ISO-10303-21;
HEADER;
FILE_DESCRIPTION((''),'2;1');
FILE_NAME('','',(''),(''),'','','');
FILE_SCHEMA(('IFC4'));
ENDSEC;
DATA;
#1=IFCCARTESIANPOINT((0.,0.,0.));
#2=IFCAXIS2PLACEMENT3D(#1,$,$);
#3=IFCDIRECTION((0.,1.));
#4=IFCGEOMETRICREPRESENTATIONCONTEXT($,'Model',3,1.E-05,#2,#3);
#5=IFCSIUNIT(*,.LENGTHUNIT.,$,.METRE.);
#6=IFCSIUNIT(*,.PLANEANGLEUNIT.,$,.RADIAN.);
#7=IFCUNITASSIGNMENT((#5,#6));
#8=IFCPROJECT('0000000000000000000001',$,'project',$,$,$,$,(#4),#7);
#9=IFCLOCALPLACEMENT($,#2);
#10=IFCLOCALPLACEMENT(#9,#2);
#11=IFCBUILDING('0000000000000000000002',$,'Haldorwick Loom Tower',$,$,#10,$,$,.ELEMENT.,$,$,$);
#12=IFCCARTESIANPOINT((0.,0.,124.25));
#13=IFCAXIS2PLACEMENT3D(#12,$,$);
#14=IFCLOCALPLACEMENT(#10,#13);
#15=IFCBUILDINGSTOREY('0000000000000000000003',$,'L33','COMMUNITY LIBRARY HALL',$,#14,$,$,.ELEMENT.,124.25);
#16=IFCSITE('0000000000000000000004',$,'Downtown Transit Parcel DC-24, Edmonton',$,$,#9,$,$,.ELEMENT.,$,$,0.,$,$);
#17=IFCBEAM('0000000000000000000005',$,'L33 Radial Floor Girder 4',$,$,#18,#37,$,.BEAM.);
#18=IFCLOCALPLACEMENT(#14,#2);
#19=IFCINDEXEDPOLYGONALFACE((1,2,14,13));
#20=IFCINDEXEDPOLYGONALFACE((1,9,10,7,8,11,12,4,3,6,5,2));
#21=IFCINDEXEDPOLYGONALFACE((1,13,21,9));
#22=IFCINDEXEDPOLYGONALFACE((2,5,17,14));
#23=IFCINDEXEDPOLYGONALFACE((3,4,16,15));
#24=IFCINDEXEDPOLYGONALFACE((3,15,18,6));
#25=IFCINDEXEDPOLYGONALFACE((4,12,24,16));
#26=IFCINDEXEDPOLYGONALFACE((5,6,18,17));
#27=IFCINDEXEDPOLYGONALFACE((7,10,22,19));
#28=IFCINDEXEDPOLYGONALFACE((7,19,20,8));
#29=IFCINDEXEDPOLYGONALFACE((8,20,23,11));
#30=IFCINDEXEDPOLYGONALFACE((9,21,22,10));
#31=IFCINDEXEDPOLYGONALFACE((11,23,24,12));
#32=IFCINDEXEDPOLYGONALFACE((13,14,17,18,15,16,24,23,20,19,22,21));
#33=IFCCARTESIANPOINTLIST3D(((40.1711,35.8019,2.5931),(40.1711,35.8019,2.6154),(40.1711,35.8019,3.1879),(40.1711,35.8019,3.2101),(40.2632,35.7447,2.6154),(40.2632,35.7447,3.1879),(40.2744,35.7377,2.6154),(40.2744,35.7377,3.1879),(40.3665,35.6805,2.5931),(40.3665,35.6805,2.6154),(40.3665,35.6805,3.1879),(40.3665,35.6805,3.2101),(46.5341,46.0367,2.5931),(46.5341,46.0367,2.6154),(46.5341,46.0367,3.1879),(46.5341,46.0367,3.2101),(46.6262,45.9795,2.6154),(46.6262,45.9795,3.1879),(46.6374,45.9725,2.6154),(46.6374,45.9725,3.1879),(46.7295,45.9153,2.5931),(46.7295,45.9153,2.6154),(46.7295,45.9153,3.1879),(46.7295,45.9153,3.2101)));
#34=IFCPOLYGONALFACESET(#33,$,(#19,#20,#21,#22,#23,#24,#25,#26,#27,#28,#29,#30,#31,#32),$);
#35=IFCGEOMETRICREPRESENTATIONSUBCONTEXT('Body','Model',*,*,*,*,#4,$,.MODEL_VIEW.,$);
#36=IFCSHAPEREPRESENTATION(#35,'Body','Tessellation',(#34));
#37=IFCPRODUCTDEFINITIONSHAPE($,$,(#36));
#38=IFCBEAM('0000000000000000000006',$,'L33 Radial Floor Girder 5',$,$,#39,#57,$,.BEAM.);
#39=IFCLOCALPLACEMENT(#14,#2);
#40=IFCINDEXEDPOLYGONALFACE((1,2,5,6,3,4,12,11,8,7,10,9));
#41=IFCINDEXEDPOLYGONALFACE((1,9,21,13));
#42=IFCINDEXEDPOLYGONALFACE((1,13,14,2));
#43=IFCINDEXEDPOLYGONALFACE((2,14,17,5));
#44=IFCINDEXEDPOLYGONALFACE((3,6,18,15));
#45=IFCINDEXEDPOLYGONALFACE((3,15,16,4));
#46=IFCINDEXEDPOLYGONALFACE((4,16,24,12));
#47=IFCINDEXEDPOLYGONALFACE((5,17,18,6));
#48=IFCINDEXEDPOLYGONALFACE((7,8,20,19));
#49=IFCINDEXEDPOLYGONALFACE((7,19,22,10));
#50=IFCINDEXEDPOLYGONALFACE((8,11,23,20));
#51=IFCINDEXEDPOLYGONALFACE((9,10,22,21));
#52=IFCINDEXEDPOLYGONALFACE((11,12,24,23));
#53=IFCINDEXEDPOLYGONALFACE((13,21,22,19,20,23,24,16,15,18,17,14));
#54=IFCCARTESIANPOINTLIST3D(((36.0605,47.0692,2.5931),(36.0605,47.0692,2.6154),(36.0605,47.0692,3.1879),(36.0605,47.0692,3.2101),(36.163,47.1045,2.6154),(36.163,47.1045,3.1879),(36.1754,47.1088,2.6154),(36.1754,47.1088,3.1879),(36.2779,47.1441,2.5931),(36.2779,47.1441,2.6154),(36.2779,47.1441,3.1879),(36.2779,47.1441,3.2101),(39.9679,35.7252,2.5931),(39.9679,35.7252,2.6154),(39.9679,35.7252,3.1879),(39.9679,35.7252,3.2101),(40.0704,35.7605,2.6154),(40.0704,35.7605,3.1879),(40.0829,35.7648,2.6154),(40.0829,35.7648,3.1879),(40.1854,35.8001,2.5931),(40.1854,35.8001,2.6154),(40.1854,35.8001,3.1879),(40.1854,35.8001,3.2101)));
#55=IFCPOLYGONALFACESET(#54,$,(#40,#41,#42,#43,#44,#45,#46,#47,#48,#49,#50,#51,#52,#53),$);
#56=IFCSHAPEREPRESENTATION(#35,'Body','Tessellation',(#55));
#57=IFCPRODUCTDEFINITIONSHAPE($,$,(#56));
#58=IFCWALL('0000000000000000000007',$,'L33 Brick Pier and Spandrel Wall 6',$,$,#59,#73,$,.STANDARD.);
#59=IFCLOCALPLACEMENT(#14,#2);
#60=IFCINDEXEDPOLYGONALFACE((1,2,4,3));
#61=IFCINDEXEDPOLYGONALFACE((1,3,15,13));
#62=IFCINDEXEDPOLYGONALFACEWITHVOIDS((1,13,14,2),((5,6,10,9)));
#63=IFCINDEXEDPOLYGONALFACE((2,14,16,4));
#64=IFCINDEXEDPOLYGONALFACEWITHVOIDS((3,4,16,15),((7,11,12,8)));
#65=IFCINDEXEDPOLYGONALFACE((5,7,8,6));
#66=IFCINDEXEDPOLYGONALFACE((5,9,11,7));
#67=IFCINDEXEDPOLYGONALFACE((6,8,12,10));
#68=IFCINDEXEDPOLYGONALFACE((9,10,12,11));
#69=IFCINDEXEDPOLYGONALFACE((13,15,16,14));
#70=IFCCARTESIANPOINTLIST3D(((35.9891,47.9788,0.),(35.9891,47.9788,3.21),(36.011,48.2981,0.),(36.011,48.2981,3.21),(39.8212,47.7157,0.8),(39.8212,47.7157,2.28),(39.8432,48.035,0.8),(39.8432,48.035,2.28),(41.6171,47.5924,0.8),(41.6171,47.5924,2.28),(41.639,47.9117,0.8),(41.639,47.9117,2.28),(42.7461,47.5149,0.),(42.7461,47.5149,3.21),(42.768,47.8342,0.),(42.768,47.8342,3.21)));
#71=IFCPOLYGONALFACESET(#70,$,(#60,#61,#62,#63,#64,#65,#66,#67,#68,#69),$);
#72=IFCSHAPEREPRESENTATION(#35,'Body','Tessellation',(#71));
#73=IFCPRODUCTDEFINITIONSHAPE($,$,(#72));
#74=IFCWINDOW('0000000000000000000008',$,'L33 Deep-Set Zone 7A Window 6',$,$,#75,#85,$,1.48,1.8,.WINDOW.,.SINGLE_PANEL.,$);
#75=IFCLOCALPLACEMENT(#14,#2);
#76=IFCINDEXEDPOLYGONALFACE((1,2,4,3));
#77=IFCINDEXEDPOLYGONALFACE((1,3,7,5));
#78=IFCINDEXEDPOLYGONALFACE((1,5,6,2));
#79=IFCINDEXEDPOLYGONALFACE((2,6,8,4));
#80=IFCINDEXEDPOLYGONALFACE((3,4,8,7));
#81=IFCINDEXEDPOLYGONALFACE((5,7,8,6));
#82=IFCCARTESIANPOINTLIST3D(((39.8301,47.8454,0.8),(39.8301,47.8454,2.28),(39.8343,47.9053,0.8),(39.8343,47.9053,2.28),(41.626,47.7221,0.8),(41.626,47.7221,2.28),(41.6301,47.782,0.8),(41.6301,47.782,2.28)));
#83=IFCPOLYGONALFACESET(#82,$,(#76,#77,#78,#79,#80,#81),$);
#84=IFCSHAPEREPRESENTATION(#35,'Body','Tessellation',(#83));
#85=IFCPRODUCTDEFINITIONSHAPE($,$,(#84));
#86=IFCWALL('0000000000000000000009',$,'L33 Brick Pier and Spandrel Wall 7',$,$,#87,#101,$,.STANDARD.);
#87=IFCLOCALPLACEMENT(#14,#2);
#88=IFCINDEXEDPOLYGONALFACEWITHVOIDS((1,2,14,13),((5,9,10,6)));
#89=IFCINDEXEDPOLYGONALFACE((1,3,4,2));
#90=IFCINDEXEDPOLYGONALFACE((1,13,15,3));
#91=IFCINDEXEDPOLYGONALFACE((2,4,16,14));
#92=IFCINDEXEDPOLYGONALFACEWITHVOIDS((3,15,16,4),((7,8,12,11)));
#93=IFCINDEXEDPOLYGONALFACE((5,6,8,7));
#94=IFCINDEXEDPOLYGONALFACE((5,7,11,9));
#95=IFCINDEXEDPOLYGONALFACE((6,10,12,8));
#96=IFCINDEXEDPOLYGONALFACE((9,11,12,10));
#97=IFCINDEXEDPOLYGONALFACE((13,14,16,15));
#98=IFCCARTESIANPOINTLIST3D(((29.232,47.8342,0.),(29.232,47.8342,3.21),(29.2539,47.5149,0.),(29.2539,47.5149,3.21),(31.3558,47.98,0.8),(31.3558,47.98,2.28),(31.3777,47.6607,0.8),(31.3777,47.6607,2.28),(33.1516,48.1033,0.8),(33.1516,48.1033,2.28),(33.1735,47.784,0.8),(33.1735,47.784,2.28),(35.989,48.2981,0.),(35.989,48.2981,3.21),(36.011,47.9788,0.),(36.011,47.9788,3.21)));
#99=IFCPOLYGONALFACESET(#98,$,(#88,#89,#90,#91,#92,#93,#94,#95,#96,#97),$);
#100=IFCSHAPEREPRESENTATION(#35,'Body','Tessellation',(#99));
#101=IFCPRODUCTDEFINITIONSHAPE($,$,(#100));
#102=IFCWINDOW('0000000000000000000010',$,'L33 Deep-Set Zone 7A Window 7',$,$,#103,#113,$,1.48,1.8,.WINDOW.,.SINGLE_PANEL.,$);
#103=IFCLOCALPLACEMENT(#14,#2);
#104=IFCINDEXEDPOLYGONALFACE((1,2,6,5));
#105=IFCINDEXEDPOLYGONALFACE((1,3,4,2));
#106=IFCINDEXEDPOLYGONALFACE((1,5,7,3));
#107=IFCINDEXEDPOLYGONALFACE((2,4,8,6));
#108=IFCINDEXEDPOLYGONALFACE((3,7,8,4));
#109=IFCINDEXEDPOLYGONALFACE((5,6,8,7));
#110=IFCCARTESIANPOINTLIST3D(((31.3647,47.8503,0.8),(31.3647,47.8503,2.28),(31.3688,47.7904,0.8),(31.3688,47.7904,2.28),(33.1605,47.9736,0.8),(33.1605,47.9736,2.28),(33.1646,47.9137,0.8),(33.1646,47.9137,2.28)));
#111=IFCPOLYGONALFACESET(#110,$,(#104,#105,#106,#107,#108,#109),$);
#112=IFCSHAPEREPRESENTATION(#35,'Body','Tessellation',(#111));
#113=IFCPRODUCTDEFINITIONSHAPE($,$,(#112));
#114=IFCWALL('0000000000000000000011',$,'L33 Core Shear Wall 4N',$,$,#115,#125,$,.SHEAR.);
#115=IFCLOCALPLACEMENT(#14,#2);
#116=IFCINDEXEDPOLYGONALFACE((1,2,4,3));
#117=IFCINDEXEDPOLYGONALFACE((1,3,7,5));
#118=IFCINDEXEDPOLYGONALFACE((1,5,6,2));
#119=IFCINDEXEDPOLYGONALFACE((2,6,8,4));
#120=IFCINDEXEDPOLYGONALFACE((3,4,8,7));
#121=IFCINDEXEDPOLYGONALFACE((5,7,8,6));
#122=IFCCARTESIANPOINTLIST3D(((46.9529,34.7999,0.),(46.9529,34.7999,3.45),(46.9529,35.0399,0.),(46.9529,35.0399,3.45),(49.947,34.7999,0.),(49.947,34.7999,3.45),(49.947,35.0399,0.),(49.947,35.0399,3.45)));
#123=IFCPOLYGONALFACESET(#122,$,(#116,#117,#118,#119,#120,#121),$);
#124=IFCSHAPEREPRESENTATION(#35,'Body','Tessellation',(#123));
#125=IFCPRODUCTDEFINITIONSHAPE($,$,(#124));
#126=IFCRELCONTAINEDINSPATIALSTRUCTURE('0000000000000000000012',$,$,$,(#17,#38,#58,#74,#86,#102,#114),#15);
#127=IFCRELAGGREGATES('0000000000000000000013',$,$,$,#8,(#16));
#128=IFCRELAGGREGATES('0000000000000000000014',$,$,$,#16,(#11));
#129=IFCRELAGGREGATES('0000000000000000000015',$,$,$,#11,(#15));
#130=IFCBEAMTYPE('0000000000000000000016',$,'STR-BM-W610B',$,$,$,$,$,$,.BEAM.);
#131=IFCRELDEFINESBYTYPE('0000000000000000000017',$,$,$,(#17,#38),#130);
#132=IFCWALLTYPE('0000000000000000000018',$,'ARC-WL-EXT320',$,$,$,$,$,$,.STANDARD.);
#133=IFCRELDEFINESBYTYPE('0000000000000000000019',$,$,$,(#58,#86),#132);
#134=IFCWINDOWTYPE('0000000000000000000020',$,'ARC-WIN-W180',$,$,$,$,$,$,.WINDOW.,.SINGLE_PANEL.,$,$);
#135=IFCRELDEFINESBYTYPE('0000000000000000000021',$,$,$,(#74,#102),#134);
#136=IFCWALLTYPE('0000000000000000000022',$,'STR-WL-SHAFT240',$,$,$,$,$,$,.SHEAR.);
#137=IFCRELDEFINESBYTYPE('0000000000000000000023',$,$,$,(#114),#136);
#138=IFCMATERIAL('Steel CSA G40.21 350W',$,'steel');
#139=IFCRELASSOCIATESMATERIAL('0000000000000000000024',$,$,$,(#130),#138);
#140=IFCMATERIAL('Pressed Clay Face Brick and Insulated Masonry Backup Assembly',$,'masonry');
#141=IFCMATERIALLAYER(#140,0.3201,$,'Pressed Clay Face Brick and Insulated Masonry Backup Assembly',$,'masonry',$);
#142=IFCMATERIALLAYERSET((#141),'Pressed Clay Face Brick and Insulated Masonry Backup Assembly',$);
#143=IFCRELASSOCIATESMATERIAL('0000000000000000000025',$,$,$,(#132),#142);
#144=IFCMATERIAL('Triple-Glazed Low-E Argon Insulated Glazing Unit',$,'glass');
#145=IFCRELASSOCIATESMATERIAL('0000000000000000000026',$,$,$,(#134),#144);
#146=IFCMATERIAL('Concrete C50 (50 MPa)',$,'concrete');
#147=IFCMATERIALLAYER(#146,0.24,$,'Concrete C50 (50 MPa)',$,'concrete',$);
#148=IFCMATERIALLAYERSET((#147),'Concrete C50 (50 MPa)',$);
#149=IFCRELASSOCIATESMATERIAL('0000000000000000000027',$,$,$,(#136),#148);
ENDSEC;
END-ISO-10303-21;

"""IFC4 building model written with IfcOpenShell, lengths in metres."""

from ifc_helpers import new_model, si_unit, direction, frame, frame_2d, origin, origin_2d, place, context, subcontext, project, spatial, rectangle, i_section, extrude, material, layer, layer_set, material_profile, profile_set, type_object, element, fill, save


model = new_model("IFC4")

# Units and contexts
model_context = context("Model", 3, precision=1e-05, world=origin(), true_north=direction((0.0, 1.0)))
body_context = subcontext(model_context, "Body", "Model", "MODEL_VIEW")
ifc_project = project(units=[si_unit("LENGTHUNIT", "METRE"), si_unit("PLANEANGLEUNIT", "RADIAN")], contexts=[model_context])

# Site, building, storey
site_placement = place(None, origin())
site = spatial("IfcSite", under=ifc_project, at=site_placement, Name="Downtown Transit Parcel DC-24, Edmonton", CompositionType="ELEMENT", RefElevation=0.0)
building_placement = place(site_placement, origin())
building = spatial("IfcBuilding", under=site, at=building_placement, Name="Haldorwick Loom Tower", CompositionType="ELEMENT")
storey_placement = place(building_placement, frame((0.0, 0.0, 124.25)))
storey = spatial("IfcBuildingStorey", under=building, at=storey_placement, Name="L33", Description="COMMUNITY LIBRARY HALL", CompositionType="ELEMENT", Elevation=124.25)

# Beams
ifc_material_1 = material(Name="Steel CSA G40.21 350W", Category="steel")
ifc_material_profile_1 = material_profile(ifc_material_1, i_section(OverallWidth=0.23, OverallDepth=0.6169, WebThickness=0.0132, FlangeThickness=0.0222, at=origin_2d()), Name="W610X140", Category="steel")
ifc_profile_set_1 = profile_set([ifc_material_profile_1], Name="Steel CSA G40.21 350W")
beam_type_1 = type_object("IfcBeamType", Name="STR-BM-W610B", PredefinedType="BEAM", material=ifc_profile_set_1)
beam_1_placement = place(storey_placement, frame((40.2688, 35.7412, 2.9016), z_axis=(0.527983, 0.849255, 0.0), x_axis=(-0.849255, 0.527983, 0.0)))
element("IfcBeam", 1, at=beam_1_placement, inside=storey, type_object=beam_type_1, Name="L33 Radial Floor Girder 4", PredefinedType="BEAM", context=body_context, shape_type="SweptSolid", body=[
    extrude(i_section(OverallWidth=0.23, OverallDepth=0.6169, WebThickness=0.0132, FlangeThickness=0.0222, at=origin_2d()), origin(), (0.0, 0.0, 1.0), 12.0515),
])
beam_2_placement = place(storey_placement, frame((40.0767, 35.7627, 2.9016), z_axis=(-0.325674, 0.945482, 0.0), x_axis=(-0.945482, -0.325674, 0.0)))
element("IfcBeam", 2, at=beam_2_placement, inside=storey, type_object=beam_type_1, Name="L33 Radial Floor Girder 5", PredefinedType="BEAM", context=body_context, shape_type="SweptSolid", body=[
    extrude(i_section(OverallWidth=0.23, OverallDepth=0.6169, WebThickness=0.0132, FlangeThickness=0.0222, at=origin_2d()), origin(), (0.0, 0.0, 1.0), 11.998),
])

# Walls, openings, windows
ifc_material_2 = material(Name="Pressed Clay Face Brick and Insulated Masonry Backup Assembly", Category="masonry")
ifc_layer_1 = layer(ifc_material_2, 0.3201, Name="Pressed Clay Face Brick and Insulated Masonry Backup Assembly", Category="masonry")
ifc_layer_set_1 = layer_set([ifc_layer_1], Name="Pressed Clay Face Brick and Insulated Masonry Backup Assembly")
wall_type_1 = type_object("IfcWallType", Name="ARC-WL-EXT320", PredefinedType="STANDARD", material=ifc_layer_set_1)
wall_1_placement = place(storey_placement, frame((42.7571, 47.6746, 0.0), z_axis=(0.0, 0.0, 1.0), x_axis=(-0.997652, 0.068488, 0.0)))
wall_1 = element("IfcWall", 3, at=wall_1_placement, inside=storey, type_object=wall_type_1, Name="L33 Brick Pier and Spandrel Wall 6", PredefinedType="STANDARD", context=body_context, shape_type="SweptSolid", body=[
    extrude(rectangle(XDim=6.7729, YDim=0.3201, at=frame_2d((3.3865, 0.0))), origin(), (0.0, 0.0, 1.0), 3.21),
])
opening_1_placement = place(wall_1_placement, frame((1.1318, 0.0, 0.8)))
opening_1 = element("IfcOpeningElement", 4, at=opening_1_placement, cuts=wall_1, PredefinedType="OPENING", context=body_context, shape_type="SweptSolid", body=[
    extrude(rectangle(XDim=1.8, YDim=1.48, at=frame_2d((0.8999, 0.74))), frame((0.0, 0.1699, 0.0), z_axis=(0.0, -1.0, 0.0), x_axis=(1.0, 0.0, 0.0)), (0.0, 0.0, 1.0), 0.3401),
])
ifc_material_3 = material(Name="Triple-Glazed Low-E Argon Insulated Glazing Unit", Category="glass")
window_type = type_object("IfcWindowType", Name="ARC-WIN-W180", PartitioningType="SINGLE_PANEL", PredefinedType="WINDOW", material=ifc_material_3)
window_1_placement = place(opening_1_placement, origin())
window_1 = element("IfcWindow", 5, at=window_1_placement, inside=storey, type_object=window_type, Name="L33 Deep-Set Zone 7A Window 6", OverallHeight=1.48, OverallWidth=1.8, PartitioningType="SINGLE_PANEL", PredefinedType="WINDOW", context=body_context, shape_type="SweptSolid", body=[
    extrude(rectangle(XDim=1.8, YDim=1.48, at=frame_2d((0.8999, 0.74))), frame((0.0, 0.03, 0.0), z_axis=(0.0, -1.0, 0.0), x_axis=(1.0, 0.0, 0.0)), (0.0, 0.0, 1.0), 0.0601),
])
fill(opening_1, window_1)
wall_2_placement = place(storey_placement, frame((36.0, 48.1384, 0.0), z_axis=(0.0, 0.0, 1.0), x_axis=(-0.997652, -0.068488, 0.0)))
wall_2 = element("IfcWall", 6, at=wall_2_placement, inside=storey, type_object=wall_type_1, Name="L33 Brick Pier and Spandrel Wall 7", PredefinedType="STANDARD", context=body_context, shape_type="SweptSolid", body=[
    extrude(rectangle(XDim=6.7729, YDim=0.3201, at=frame_2d((3.3865, 0.0))), origin(), (0.0, 0.0, 1.0), 3.21),
])
opening_2_placement = place(wall_2_placement, frame((2.8442, 0.0, 0.8)))
opening_2 = element("IfcOpeningElement", 7, at=opening_2_placement, cuts=wall_2, PredefinedType="OPENING", context=body_context, shape_type="SweptSolid", body=[
    extrude(rectangle(XDim=1.8, YDim=1.48, at=frame_2d((0.8999, 0.74))), frame((0.0, 0.1699, 0.0), z_axis=(0.0, -1.0, 0.0), x_axis=(1.0, 0.0, 0.0)), (0.0, 0.0, 1.0), 0.3401),
])
window_2_placement = place(opening_2_placement, origin())
window_2 = element("IfcWindow", 8, at=window_2_placement, inside=storey, type_object=window_type, Name="L33 Deep-Set Zone 7A Window 7", OverallHeight=1.48, OverallWidth=1.8, PartitioningType="SINGLE_PANEL", PredefinedType="WINDOW", context=body_context, shape_type="SweptSolid", body=[
    extrude(rectangle(XDim=1.8, YDim=1.48, at=frame_2d((0.8999, 0.74))), frame((0.0, 0.03, 0.0), z_axis=(0.0, -1.0, 0.0), x_axis=(1.0, 0.0, 0.0)), (0.0, 0.0, 1.0), 0.0601),
])
fill(opening_2, window_2)

# Wall
ifc_material_4 = material(Name="Concrete C50 (50 MPa)", Category="concrete")
ifc_layer_2 = layer(ifc_material_4, 0.24, Name="Concrete C50 (50 MPa)", Category="concrete")
ifc_layer_set_2 = layer_set([ifc_layer_2], Name="Concrete C50 (50 MPa)")
wall_type_2 = type_object("IfcWallType", Name="STR-WL-SHAFT240", PredefinedType="SHEAR", material=ifc_layer_set_2)
wall_3_placement = place(storey_placement, frame((46.9529, 34.9199, 0.0), z_axis=(0.0, 0.0, 1.0), x_axis=(1.0, 0.0, 0.0)))
element("IfcWall", 9, at=wall_3_placement, inside=storey, type_object=wall_type_2, Name="L33 Core Shear Wall 4N", PredefinedType="SHEAR", context=body_context, shape_type="SweptSolid", body=[
    extrude(rectangle(XDim=2.9941, YDim=0.24, at=frame_2d((1.4971, 0.0))), origin(), (0.0, 0.0, 1.0), 3.45),
])

save(model, "model.ifc")
